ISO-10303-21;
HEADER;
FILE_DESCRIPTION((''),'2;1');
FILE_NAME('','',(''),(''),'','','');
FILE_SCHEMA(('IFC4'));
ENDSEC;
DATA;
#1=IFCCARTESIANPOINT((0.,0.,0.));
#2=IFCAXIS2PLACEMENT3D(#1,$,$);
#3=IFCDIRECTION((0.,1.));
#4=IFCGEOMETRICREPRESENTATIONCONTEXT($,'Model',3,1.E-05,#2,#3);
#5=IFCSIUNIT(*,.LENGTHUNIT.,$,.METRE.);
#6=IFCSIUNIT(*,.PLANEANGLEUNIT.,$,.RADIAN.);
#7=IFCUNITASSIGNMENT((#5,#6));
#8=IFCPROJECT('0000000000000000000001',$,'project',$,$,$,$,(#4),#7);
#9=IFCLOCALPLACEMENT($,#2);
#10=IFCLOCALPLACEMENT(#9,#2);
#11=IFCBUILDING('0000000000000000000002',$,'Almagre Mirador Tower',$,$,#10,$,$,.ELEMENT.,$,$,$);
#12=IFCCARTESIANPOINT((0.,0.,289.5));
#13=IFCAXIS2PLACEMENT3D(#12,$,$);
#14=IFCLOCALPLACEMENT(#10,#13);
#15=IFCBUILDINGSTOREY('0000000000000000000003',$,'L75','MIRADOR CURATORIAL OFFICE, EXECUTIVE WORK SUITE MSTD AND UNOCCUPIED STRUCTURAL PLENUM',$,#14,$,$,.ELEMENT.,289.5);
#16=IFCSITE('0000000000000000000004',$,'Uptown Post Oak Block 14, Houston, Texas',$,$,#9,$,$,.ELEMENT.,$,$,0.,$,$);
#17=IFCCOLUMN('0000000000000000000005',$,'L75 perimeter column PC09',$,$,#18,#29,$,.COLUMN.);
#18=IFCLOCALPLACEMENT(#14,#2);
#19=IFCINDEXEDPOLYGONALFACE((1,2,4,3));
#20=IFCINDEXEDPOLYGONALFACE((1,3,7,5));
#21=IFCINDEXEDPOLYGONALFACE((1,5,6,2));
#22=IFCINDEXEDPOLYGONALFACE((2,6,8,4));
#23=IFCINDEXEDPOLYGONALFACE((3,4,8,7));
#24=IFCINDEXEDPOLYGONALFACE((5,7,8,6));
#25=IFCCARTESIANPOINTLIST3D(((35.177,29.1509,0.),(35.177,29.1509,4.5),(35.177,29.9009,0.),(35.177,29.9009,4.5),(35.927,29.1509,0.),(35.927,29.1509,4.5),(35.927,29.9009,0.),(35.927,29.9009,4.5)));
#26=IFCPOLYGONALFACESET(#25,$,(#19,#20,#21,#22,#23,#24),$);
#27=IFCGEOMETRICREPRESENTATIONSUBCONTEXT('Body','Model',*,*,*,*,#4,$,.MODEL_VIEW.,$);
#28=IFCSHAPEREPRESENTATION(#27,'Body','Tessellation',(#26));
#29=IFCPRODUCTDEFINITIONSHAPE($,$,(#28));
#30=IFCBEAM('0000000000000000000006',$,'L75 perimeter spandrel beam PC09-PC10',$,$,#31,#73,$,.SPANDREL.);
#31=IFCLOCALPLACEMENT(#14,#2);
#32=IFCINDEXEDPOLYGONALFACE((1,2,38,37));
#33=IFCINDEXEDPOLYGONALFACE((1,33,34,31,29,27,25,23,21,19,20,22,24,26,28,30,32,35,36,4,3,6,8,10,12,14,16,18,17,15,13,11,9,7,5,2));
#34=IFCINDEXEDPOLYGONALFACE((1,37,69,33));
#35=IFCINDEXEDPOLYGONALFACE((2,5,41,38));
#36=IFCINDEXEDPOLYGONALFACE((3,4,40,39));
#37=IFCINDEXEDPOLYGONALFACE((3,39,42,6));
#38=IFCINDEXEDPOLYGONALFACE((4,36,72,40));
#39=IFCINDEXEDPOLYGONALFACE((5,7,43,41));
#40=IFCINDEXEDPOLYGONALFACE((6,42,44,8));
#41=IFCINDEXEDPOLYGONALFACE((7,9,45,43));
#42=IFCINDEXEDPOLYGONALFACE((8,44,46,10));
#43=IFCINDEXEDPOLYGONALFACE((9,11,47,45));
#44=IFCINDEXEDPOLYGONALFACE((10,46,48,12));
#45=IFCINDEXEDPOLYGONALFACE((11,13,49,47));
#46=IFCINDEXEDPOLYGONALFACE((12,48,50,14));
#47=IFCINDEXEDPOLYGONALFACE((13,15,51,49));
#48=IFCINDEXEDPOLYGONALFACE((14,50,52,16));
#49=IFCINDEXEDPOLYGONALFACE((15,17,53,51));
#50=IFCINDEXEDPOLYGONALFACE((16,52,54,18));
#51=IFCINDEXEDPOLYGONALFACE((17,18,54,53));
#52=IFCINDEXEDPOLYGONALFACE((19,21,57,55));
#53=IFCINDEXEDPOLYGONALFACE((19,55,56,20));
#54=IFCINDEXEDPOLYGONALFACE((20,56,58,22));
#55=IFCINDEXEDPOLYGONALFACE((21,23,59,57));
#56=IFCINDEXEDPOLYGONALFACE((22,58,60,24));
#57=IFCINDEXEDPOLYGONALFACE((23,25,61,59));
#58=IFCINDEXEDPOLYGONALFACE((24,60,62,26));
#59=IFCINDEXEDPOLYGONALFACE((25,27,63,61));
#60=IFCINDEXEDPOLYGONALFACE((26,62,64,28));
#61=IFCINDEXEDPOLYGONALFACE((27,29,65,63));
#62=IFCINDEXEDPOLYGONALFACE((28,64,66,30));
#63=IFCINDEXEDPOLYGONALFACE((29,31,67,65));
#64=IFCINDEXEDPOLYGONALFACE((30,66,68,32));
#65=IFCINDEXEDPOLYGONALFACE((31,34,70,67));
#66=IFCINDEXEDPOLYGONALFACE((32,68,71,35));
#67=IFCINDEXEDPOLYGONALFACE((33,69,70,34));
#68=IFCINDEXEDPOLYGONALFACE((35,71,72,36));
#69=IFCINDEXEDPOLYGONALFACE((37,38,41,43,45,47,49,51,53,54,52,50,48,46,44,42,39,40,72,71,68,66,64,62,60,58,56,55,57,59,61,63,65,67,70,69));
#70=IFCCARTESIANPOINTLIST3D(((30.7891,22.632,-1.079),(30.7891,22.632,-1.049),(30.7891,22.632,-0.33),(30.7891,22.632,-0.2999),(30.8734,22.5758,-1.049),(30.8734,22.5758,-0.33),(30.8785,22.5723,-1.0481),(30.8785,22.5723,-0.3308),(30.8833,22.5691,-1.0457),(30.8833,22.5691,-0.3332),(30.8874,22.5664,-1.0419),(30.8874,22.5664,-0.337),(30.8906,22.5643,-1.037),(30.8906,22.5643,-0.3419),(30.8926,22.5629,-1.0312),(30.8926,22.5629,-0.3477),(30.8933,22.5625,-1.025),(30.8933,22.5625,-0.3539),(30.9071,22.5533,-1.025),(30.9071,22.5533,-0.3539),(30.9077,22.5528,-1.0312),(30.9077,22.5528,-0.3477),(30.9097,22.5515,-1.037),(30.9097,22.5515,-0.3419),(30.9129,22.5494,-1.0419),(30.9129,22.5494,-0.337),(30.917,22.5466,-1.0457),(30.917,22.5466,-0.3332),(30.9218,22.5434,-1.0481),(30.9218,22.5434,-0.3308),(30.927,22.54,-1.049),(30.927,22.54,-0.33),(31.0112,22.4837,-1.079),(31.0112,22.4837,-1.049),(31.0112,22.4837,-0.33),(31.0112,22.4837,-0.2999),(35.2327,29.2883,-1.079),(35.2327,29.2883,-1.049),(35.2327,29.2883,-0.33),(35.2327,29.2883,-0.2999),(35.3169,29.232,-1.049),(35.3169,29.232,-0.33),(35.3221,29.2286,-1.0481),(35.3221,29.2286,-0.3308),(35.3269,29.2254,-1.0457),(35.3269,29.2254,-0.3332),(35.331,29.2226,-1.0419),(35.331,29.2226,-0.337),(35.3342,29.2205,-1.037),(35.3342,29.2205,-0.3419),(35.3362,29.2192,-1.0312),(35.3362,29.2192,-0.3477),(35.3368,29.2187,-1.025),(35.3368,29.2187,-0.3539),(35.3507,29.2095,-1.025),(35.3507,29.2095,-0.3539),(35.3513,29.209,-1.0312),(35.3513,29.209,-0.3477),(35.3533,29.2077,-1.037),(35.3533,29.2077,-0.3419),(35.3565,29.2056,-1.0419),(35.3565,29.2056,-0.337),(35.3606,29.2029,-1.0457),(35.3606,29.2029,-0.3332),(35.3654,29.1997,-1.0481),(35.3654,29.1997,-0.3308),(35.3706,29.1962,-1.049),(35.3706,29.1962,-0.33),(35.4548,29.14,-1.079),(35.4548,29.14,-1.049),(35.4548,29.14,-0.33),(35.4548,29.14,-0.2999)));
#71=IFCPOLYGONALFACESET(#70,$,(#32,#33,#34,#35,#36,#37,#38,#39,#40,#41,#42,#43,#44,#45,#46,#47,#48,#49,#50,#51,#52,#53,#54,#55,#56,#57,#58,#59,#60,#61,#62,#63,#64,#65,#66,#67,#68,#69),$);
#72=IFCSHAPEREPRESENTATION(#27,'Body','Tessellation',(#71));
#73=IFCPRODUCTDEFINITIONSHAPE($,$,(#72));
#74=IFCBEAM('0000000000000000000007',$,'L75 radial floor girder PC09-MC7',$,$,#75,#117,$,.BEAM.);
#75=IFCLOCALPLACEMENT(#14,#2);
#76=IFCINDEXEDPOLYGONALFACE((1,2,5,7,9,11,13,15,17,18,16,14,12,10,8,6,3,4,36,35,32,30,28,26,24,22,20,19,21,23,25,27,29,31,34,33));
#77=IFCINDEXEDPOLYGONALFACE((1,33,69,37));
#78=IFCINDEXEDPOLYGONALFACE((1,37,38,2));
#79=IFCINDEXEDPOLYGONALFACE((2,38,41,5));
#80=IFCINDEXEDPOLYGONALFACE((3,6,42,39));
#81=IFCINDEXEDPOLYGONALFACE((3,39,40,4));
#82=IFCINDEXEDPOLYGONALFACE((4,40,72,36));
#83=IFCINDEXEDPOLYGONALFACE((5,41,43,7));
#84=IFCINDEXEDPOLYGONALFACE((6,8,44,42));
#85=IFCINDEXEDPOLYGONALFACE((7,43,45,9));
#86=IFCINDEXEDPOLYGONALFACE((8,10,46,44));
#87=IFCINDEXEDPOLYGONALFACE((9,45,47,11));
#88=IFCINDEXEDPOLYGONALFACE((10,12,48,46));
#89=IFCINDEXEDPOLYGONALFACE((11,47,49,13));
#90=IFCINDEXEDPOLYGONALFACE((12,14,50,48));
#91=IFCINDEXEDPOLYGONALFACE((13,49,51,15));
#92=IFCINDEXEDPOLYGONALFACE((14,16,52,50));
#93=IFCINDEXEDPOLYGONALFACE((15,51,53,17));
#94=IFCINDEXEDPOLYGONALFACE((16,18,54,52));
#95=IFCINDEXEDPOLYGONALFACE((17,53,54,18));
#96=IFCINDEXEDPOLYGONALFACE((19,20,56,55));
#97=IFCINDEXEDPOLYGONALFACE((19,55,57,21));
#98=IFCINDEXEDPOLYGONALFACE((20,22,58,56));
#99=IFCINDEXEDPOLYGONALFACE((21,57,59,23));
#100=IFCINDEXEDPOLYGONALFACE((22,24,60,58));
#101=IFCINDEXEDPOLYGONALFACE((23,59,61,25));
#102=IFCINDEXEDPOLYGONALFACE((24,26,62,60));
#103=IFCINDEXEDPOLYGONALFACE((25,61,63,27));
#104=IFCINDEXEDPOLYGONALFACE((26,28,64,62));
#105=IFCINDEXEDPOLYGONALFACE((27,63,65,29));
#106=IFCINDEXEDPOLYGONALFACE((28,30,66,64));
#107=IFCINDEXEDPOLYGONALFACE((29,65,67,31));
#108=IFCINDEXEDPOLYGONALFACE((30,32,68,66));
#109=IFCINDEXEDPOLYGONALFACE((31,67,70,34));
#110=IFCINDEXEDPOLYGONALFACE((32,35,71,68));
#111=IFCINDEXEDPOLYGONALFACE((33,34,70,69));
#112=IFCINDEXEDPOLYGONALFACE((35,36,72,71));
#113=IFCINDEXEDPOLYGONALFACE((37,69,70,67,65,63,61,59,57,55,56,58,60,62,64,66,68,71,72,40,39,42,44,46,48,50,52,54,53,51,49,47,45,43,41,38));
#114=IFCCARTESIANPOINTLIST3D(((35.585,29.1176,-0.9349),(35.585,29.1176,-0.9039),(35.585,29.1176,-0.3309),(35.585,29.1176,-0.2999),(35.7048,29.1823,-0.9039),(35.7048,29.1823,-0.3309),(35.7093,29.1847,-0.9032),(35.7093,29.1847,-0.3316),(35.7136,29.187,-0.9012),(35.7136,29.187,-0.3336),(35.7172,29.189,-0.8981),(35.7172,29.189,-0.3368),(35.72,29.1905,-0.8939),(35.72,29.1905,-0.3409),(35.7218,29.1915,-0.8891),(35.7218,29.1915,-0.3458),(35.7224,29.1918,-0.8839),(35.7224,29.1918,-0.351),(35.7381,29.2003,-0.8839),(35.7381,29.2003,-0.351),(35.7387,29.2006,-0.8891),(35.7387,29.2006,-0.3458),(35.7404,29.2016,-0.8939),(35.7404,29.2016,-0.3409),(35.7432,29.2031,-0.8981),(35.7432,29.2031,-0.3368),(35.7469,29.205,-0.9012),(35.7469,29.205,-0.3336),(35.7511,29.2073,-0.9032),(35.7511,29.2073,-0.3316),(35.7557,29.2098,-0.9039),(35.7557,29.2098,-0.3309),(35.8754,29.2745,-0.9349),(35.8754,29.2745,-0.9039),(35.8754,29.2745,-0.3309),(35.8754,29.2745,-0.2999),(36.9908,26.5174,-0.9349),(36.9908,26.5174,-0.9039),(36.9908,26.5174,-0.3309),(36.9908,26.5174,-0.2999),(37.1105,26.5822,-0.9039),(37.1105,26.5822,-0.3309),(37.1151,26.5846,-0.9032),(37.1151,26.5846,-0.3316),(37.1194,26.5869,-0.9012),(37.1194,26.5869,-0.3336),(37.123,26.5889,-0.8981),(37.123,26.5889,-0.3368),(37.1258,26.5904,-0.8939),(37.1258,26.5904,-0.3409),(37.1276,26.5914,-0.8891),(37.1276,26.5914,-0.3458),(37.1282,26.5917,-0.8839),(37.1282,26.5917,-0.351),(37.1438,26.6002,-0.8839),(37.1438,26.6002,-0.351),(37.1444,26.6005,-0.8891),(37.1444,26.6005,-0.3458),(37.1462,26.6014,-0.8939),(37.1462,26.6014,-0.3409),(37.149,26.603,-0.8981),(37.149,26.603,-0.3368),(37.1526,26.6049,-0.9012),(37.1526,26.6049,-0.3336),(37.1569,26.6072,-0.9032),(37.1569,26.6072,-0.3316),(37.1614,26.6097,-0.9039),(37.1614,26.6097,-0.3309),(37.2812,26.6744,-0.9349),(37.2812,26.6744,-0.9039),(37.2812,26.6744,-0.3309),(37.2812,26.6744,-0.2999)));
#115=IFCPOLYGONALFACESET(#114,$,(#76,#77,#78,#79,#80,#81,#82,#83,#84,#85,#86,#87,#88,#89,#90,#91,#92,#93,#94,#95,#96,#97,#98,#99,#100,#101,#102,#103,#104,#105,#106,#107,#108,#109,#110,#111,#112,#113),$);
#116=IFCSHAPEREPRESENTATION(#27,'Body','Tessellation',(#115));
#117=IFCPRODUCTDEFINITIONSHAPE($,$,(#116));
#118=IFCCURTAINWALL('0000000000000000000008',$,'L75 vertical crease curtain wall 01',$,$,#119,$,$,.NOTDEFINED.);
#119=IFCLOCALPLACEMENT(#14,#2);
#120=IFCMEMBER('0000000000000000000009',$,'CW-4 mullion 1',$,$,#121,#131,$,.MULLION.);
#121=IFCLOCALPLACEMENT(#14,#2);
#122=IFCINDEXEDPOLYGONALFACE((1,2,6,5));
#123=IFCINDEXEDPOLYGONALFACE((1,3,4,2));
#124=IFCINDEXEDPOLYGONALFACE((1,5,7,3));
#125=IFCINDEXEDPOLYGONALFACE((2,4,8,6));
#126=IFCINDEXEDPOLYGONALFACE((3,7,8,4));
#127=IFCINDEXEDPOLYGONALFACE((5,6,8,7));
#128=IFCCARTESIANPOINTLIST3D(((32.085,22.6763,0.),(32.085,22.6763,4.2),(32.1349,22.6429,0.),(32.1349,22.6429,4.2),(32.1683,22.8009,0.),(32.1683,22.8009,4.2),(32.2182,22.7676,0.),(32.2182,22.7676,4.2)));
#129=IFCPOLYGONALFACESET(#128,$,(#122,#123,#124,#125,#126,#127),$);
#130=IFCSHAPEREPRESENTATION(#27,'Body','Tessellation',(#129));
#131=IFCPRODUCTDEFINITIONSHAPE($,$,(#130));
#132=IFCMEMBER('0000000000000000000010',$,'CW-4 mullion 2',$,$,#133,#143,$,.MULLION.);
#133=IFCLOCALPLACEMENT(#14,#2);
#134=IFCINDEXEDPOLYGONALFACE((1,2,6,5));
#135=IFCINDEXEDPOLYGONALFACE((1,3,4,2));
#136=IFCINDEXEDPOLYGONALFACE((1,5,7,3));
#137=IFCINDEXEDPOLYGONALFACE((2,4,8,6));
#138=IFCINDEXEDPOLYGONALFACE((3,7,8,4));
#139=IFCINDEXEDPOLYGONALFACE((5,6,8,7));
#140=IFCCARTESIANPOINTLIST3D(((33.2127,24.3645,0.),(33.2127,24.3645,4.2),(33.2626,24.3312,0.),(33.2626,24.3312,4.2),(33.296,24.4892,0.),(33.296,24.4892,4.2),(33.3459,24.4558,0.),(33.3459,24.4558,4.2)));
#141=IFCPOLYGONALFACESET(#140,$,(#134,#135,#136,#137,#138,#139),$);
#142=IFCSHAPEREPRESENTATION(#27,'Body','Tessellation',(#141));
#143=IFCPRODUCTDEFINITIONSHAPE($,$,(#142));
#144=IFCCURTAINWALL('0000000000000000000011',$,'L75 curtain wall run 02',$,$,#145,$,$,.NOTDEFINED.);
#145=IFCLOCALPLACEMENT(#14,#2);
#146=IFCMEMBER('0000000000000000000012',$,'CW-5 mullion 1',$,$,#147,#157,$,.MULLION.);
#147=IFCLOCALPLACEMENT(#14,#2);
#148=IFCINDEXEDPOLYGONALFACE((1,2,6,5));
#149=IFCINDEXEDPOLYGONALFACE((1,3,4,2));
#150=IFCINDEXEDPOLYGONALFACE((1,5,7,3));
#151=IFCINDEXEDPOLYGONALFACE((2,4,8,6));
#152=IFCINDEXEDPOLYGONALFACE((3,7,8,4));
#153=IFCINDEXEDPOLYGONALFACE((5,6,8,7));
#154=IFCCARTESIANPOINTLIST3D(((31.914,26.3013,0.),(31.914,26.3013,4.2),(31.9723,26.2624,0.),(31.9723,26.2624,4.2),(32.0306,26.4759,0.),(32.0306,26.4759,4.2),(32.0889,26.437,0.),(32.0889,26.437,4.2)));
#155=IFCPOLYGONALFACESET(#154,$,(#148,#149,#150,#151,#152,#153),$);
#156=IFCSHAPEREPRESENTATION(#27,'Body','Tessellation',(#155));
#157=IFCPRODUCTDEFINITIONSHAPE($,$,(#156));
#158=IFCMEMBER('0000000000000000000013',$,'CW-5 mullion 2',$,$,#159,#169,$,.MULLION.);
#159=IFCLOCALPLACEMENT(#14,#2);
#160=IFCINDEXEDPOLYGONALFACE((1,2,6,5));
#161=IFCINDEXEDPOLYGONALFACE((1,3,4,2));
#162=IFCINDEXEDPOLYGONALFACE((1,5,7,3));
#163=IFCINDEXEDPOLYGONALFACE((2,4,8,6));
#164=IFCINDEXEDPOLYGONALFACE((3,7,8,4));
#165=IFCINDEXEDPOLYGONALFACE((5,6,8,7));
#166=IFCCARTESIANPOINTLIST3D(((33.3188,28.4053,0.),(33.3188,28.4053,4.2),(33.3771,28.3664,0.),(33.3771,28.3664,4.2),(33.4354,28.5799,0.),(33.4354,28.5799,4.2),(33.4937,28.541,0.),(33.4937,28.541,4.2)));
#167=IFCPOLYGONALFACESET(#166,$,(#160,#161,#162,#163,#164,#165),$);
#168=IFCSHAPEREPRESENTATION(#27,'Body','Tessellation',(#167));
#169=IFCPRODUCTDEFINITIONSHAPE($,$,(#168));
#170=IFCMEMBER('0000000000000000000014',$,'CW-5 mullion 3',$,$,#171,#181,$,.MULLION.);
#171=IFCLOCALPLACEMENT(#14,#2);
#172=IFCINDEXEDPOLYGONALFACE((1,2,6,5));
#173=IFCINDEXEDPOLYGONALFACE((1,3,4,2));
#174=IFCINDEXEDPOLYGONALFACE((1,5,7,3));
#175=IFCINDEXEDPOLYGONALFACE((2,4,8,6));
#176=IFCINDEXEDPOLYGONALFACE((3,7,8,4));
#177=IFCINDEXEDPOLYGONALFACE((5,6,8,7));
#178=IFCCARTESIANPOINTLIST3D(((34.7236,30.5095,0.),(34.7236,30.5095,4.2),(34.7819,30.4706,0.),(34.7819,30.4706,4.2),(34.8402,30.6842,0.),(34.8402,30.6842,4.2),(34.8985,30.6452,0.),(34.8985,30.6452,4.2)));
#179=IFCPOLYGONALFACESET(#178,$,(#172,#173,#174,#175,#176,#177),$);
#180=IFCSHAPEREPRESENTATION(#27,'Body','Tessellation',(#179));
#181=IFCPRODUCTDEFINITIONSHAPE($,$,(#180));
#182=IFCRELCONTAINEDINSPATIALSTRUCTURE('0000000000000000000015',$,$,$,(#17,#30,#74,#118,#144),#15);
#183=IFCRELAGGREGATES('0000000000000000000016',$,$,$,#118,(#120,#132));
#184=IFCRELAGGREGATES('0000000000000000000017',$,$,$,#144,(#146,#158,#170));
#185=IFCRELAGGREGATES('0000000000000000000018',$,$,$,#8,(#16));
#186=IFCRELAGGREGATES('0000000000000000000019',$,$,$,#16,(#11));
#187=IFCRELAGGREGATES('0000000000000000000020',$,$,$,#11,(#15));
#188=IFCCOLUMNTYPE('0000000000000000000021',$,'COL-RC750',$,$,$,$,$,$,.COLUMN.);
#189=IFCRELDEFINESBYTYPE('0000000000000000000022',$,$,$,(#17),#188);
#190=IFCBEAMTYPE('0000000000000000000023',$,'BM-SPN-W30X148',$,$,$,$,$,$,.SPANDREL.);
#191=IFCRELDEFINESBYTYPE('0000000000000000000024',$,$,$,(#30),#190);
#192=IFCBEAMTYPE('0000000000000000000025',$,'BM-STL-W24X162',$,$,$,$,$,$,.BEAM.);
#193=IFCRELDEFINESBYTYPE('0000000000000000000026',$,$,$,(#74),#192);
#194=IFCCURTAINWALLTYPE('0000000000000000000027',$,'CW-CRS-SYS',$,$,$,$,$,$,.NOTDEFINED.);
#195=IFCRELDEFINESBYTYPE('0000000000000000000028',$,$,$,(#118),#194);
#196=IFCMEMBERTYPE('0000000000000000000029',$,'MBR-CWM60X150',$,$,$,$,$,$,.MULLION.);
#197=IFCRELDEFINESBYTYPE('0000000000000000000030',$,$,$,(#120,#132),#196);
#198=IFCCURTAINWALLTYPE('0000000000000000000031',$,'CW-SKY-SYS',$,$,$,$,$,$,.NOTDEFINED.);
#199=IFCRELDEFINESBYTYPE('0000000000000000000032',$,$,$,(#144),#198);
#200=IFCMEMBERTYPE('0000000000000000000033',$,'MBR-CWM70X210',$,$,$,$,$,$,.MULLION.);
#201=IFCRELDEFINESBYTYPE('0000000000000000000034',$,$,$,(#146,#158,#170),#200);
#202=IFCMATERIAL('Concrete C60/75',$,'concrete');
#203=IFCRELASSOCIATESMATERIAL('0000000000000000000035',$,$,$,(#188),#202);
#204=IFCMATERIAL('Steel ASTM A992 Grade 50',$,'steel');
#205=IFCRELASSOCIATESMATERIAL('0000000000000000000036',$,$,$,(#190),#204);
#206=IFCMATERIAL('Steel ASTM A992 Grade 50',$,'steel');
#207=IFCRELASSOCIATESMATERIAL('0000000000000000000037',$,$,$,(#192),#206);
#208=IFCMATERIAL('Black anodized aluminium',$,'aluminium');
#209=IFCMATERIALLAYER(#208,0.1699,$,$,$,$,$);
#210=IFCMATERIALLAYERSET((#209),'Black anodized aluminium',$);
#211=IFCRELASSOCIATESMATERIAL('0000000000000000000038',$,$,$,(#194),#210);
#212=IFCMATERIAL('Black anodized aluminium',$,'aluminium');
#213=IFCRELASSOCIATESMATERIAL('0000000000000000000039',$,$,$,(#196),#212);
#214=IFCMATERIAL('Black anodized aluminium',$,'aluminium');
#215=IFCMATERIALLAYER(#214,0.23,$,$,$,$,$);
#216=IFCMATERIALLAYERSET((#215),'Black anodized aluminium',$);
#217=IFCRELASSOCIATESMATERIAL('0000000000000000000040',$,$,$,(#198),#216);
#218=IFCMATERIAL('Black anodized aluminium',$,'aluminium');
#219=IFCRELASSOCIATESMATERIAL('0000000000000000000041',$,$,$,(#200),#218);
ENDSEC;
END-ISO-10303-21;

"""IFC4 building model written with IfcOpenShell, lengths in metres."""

from ifc_helpers import new_model, si_unit, direction, frame, origin, origin_2d, place, context, subcontext, project, spatial, rectangle, i_section, extrude, material, layer, layer_set, material_profile, profile_set, type_object, element, aggregate, save


model = new_model("IFC4")

# Units and contexts
model_context = context("Model", 3, precision=1e-05, world=origin(), true_north=direction((0.0, 1.0)))
body_context = subcontext(model_context, "Body", "Model", "MODEL_VIEW")
ifc_project = project(units=[si_unit("LENGTHUNIT", "METRE"), si_unit("PLANEANGLEUNIT", "RADIAN")], contexts=[model_context])

# Site, building, storey
site_placement = place(None, origin())
site = spatial("IfcSite", under=ifc_project, at=site_placement, Name="Uptown Post Oak Block 14, Houston, Texas", CompositionType="ELEMENT", RefElevation=0.0)
building_placement = place(site_placement, origin())
building = spatial("IfcBuilding", under=site, at=building_placement, Name="Almagre Mirador Tower", CompositionType="ELEMENT")
storey_placement = place(building_placement, frame((0.0, 0.0, 289.5)))
storey = spatial("IfcBuildingStorey", under=building, at=storey_placement, Name="L75", Description="MIRADOR CURATORIAL OFFICE, EXECUTIVE WORK SUITE MSTD AND UNOCCUPIED STRUCTURAL PLENUM", CompositionType="ELEMENT", Elevation=289.5)

# Column
ifc_material_1 = material(Name="Concrete C60/75", Category="concrete")
ifc_material_profile_1 = material_profile(ifc_material_1, rectangle(XDim=0.75, YDim=0.75, at=origin_2d()), Name="RC750X750")
ifc_profile_set_1 = profile_set([ifc_material_profile_1], Name="Concrete C60/75")
column_type = type_object("IfcColumnType", Name="COL-RC750", PredefinedType="COLUMN", material=ifc_profile_set_1)
column_placement = place(storey_placement, frame((35.552, 29.5259, 0.0), z_axis=(0.0, 0.0, 1.0), x_axis=(1.0, 0.0, 0.0)))
element("IfcColumn", 1, at=column_placement, inside=storey, type_object=column_type, Name="L75 perimeter column PC09", PredefinedType="COLUMN", context=body_context, shape_type="SweptSolid", body=[
    extrude(rectangle(XDim=0.75, YDim=0.75, at=origin_2d()), origin(), (0.0, 0.0, 1.0), 4.5),
])

# Beams
ifc_material_2 = material(Name="Steel ASTM A992 Grade 50", Category="steel")
ifc_material_profile_2 = material_profile(ifc_material_2, i_section(OverallWidth=0.2671, OverallDepth=0.7791, WebThickness=0.0166, FlangeThickness=0.03, FilletRadius=0.0239, at=origin_2d()), Name="W30X148")
ifc_profile_set_2 = profile_set([ifc_material_profile_2], Name="Steel ASTM A992 Grade 50")
beam_type_1 = type_object("IfcBeamType", Name="BM-SPN-W30X148", PredefinedType="SPANDREL", material=ifc_profile_set_2)
beam_1_placement = place(storey_placement, frame((35.3438, 29.2141, -0.6895), z_axis=(-0.555228, -0.831698, 0.0), x_axis=(0.831698, -0.555228, 0.0)))
element("IfcBeam", 2, at=beam_1_placement, inside=storey, type_object=beam_type_1, Name="L75 perimeter spandrel beam PC09-PC10", PredefinedType="SPANDREL", context=body_context, shape_type="SweptSolid", body=[
    extrude(i_section(OverallWidth=0.2671, OverallDepth=0.7791, WebThickness=0.0166, FlangeThickness=0.03, FilletRadius=0.0239, at=origin_2d()), origin(), (0.0, 0.0, 1.0), 8.0032),
])
ifc_material_3 = material(Name="Steel ASTM A992 Grade 50", Category="steel")
ifc_material_profile_3 = material_profile(ifc_material_3, i_section(OverallWidth=0.3301, OverallDepth=0.635, WebThickness=0.0178, FlangeThickness=0.031, FilletRadius=0.02, at=origin_2d()), Name="W24X162")
ifc_profile_set_3 = profile_set([ifc_material_profile_3], Name="Steel ASTM A992 Grade 50")
beam_type_2 = type_object("IfcBeamType", Name="BM-STL-W24X162", PredefinedType="BEAM", material=ifc_profile_set_3)
beam_2_placement = place(storey_placement, frame((35.7302, 29.196, -0.6174), z_axis=(0.475597, -0.879664, 0.0), x_axis=(0.879664, 0.475597, 0.0)))
element("IfcBeam", 3, at=beam_2_placement, inside=storey, type_object=beam_type_2, Name="L75 radial floor girder PC09-MC7", PredefinedType="BEAM", context=body_context, shape_type="SweptSolid", body=[
    extrude(i_section(OverallWidth=0.3301, OverallDepth=0.635, WebThickness=0.0178, FlangeThickness=0.031, FilletRadius=0.02, at=origin_2d()), origin(), (0.0, 0.0, 1.0), 2.9558),
])

# Curtain walls, members
ifc_material_4 = material(Name="Black anodized aluminium", Category="aluminium")
ifc_layer_1 = layer(ifc_material_4, 0.1699)
ifc_layer_set_1 = layer_set([ifc_layer_1], Name="Black anodized aluminium")
curtain_wall_type_1 = type_object("IfcCurtainWallType", Name="CW-CRS-SYS", PredefinedType="NOTDEFINED", material=ifc_layer_set_1)
curtain_wall_1_placement = place(storey_placement, origin())
curtain_wall_1 = element("IfcCurtainWall", 4, at=curtain_wall_1_placement, inside=storey, type_object=curtain_wall_type_1, Name="L75 vertical crease curtain wall 01", PredefinedType="NOTDEFINED")
ifc_material_5 = material(Name="Black anodized aluminium", Category="aluminium")
ifc_material_profile_4 = material_profile(ifc_material_5, rectangle(XDim=0.0601, YDim=0.1499, at=origin_2d()), Name="CWM60X150")
ifc_profile_set_4 = profile_set([ifc_material_profile_4], Name="Black anodized aluminium")
member_type_1 = type_object("IfcMemberType", Name="MBR-CWM60X150", PredefinedType="MULLION", material=ifc_profile_set_4)
member_1_placement = place(storey_placement, frame((32.1516, 22.7219, 0.0), z_axis=(0.0, 0.0, 1.0), x_axis=(-0.831535, 0.555473, 0.0)))
member_1 = element("IfcMember", 5, at=member_1_placement, type_object=member_type_1, Name="CW-4 mullion 1", PredefinedType="MULLION", context=body_context, shape_type="SweptSolid", body=[
    extrude(rectangle(XDim=0.0601, YDim=0.1499, at=origin_2d()), origin(), (0.0, 0.0, 1.0), 4.2),
])
member_2_placement = place(storey_placement, frame((33.2793, 24.4102, 0.0), z_axis=(0.0, 0.0, 1.0), x_axis=(-0.831535, 0.555473, 0.0)))
member_2 = element("IfcMember", 6, at=member_2_placement, type_object=member_type_1, Name="CW-4 mullion 2", PredefinedType="MULLION", context=body_context, shape_type="SweptSolid", body=[
    extrude(rectangle(XDim=0.0601, YDim=0.1499, at=origin_2d()), origin(), (0.0, 0.0, 1.0), 4.2),
])
ifc_material_6 = material(Name="Black anodized aluminium", Category="aluminium")
ifc_layer_2 = layer(ifc_material_6, 0.23)
ifc_layer_set_2 = layer_set([ifc_layer_2], Name="Black anodized aluminium")
curtain_wall_type_2 = type_object("IfcCurtainWallType", Name="CW-SKY-SYS", PredefinedType="NOTDEFINED", material=ifc_layer_set_2)
curtain_wall_2_placement = place(storey_placement, origin())
curtain_wall_2 = element("IfcCurtainWall", 7, at=curtain_wall_2_placement, inside=storey, type_object=curtain_wall_type_2, Name="L75 curtain wall run 02", PredefinedType="NOTDEFINED")
ifc_material_7 = material(Name="Black anodized aluminium", Category="aluminium")
ifc_material_profile_5 = material_profile(ifc_material_7, rectangle(XDim=0.0701, YDim=0.21, at=origin_2d()), Name="CWM70X210")
ifc_profile_set_5 = profile_set([ifc_material_profile_5], Name="Black anodized aluminium")
member_type_2 = type_object("IfcMemberType", Name="MBR-CWM70X210", PredefinedType="MULLION", material=ifc_profile_set_5)
member_3_placement = place(storey_placement, frame((32.0015, 26.3691, 0.0), z_axis=(0.0, 0.0, 1.0), x_axis=(-0.831675, 0.555262, 0.0)))
member_3 = element("IfcMember", 8, at=member_3_placement, type_object=member_type_2, Name="CW-5 mullion 1", PredefinedType="MULLION", context=body_context, shape_type="SweptSolid", body=[
    extrude(rectangle(XDim=0.0701, YDim=0.21, at=origin_2d()), origin(), (0.0, 0.0, 1.0), 4.2),
])
member_4_placement = place(storey_placement, frame((33.4062, 28.4731, 0.0), z_axis=(0.0, 0.0, 1.0), x_axis=(-0.831675, 0.555262, 0.0)))
member_4 = element("IfcMember", 9, at=member_4_placement, type_object=member_type_2, Name="CW-5 mullion 2", PredefinedType="MULLION", context=body_context, shape_type="SweptSolid", body=[
    extrude(rectangle(XDim=0.0701, YDim=0.21, at=origin_2d()), origin(), (0.0, 0.0, 1.0), 4.2),
])
member_5_placement = place(storey_placement, frame((34.811, 30.5774, 0.0), z_axis=(0.0, 0.0, 1.0), x_axis=(-0.831675, 0.555262, 0.0)))
member_5 = element("IfcMember", 10, at=member_5_placement, type_object=member_type_2, Name="CW-5 mullion 3", PredefinedType="MULLION", context=body_context, shape_type="SweptSolid", body=[
    extrude(rectangle(XDim=0.0701, YDim=0.21, at=origin_2d()), origin(), (0.0, 0.0, 1.0), 4.2),
])

aggregate(curtain_wall_1, [member_1, member_2])
aggregate(curtain_wall_2, [member_3, member_4, member_5])

save(model, "model.ifc")
